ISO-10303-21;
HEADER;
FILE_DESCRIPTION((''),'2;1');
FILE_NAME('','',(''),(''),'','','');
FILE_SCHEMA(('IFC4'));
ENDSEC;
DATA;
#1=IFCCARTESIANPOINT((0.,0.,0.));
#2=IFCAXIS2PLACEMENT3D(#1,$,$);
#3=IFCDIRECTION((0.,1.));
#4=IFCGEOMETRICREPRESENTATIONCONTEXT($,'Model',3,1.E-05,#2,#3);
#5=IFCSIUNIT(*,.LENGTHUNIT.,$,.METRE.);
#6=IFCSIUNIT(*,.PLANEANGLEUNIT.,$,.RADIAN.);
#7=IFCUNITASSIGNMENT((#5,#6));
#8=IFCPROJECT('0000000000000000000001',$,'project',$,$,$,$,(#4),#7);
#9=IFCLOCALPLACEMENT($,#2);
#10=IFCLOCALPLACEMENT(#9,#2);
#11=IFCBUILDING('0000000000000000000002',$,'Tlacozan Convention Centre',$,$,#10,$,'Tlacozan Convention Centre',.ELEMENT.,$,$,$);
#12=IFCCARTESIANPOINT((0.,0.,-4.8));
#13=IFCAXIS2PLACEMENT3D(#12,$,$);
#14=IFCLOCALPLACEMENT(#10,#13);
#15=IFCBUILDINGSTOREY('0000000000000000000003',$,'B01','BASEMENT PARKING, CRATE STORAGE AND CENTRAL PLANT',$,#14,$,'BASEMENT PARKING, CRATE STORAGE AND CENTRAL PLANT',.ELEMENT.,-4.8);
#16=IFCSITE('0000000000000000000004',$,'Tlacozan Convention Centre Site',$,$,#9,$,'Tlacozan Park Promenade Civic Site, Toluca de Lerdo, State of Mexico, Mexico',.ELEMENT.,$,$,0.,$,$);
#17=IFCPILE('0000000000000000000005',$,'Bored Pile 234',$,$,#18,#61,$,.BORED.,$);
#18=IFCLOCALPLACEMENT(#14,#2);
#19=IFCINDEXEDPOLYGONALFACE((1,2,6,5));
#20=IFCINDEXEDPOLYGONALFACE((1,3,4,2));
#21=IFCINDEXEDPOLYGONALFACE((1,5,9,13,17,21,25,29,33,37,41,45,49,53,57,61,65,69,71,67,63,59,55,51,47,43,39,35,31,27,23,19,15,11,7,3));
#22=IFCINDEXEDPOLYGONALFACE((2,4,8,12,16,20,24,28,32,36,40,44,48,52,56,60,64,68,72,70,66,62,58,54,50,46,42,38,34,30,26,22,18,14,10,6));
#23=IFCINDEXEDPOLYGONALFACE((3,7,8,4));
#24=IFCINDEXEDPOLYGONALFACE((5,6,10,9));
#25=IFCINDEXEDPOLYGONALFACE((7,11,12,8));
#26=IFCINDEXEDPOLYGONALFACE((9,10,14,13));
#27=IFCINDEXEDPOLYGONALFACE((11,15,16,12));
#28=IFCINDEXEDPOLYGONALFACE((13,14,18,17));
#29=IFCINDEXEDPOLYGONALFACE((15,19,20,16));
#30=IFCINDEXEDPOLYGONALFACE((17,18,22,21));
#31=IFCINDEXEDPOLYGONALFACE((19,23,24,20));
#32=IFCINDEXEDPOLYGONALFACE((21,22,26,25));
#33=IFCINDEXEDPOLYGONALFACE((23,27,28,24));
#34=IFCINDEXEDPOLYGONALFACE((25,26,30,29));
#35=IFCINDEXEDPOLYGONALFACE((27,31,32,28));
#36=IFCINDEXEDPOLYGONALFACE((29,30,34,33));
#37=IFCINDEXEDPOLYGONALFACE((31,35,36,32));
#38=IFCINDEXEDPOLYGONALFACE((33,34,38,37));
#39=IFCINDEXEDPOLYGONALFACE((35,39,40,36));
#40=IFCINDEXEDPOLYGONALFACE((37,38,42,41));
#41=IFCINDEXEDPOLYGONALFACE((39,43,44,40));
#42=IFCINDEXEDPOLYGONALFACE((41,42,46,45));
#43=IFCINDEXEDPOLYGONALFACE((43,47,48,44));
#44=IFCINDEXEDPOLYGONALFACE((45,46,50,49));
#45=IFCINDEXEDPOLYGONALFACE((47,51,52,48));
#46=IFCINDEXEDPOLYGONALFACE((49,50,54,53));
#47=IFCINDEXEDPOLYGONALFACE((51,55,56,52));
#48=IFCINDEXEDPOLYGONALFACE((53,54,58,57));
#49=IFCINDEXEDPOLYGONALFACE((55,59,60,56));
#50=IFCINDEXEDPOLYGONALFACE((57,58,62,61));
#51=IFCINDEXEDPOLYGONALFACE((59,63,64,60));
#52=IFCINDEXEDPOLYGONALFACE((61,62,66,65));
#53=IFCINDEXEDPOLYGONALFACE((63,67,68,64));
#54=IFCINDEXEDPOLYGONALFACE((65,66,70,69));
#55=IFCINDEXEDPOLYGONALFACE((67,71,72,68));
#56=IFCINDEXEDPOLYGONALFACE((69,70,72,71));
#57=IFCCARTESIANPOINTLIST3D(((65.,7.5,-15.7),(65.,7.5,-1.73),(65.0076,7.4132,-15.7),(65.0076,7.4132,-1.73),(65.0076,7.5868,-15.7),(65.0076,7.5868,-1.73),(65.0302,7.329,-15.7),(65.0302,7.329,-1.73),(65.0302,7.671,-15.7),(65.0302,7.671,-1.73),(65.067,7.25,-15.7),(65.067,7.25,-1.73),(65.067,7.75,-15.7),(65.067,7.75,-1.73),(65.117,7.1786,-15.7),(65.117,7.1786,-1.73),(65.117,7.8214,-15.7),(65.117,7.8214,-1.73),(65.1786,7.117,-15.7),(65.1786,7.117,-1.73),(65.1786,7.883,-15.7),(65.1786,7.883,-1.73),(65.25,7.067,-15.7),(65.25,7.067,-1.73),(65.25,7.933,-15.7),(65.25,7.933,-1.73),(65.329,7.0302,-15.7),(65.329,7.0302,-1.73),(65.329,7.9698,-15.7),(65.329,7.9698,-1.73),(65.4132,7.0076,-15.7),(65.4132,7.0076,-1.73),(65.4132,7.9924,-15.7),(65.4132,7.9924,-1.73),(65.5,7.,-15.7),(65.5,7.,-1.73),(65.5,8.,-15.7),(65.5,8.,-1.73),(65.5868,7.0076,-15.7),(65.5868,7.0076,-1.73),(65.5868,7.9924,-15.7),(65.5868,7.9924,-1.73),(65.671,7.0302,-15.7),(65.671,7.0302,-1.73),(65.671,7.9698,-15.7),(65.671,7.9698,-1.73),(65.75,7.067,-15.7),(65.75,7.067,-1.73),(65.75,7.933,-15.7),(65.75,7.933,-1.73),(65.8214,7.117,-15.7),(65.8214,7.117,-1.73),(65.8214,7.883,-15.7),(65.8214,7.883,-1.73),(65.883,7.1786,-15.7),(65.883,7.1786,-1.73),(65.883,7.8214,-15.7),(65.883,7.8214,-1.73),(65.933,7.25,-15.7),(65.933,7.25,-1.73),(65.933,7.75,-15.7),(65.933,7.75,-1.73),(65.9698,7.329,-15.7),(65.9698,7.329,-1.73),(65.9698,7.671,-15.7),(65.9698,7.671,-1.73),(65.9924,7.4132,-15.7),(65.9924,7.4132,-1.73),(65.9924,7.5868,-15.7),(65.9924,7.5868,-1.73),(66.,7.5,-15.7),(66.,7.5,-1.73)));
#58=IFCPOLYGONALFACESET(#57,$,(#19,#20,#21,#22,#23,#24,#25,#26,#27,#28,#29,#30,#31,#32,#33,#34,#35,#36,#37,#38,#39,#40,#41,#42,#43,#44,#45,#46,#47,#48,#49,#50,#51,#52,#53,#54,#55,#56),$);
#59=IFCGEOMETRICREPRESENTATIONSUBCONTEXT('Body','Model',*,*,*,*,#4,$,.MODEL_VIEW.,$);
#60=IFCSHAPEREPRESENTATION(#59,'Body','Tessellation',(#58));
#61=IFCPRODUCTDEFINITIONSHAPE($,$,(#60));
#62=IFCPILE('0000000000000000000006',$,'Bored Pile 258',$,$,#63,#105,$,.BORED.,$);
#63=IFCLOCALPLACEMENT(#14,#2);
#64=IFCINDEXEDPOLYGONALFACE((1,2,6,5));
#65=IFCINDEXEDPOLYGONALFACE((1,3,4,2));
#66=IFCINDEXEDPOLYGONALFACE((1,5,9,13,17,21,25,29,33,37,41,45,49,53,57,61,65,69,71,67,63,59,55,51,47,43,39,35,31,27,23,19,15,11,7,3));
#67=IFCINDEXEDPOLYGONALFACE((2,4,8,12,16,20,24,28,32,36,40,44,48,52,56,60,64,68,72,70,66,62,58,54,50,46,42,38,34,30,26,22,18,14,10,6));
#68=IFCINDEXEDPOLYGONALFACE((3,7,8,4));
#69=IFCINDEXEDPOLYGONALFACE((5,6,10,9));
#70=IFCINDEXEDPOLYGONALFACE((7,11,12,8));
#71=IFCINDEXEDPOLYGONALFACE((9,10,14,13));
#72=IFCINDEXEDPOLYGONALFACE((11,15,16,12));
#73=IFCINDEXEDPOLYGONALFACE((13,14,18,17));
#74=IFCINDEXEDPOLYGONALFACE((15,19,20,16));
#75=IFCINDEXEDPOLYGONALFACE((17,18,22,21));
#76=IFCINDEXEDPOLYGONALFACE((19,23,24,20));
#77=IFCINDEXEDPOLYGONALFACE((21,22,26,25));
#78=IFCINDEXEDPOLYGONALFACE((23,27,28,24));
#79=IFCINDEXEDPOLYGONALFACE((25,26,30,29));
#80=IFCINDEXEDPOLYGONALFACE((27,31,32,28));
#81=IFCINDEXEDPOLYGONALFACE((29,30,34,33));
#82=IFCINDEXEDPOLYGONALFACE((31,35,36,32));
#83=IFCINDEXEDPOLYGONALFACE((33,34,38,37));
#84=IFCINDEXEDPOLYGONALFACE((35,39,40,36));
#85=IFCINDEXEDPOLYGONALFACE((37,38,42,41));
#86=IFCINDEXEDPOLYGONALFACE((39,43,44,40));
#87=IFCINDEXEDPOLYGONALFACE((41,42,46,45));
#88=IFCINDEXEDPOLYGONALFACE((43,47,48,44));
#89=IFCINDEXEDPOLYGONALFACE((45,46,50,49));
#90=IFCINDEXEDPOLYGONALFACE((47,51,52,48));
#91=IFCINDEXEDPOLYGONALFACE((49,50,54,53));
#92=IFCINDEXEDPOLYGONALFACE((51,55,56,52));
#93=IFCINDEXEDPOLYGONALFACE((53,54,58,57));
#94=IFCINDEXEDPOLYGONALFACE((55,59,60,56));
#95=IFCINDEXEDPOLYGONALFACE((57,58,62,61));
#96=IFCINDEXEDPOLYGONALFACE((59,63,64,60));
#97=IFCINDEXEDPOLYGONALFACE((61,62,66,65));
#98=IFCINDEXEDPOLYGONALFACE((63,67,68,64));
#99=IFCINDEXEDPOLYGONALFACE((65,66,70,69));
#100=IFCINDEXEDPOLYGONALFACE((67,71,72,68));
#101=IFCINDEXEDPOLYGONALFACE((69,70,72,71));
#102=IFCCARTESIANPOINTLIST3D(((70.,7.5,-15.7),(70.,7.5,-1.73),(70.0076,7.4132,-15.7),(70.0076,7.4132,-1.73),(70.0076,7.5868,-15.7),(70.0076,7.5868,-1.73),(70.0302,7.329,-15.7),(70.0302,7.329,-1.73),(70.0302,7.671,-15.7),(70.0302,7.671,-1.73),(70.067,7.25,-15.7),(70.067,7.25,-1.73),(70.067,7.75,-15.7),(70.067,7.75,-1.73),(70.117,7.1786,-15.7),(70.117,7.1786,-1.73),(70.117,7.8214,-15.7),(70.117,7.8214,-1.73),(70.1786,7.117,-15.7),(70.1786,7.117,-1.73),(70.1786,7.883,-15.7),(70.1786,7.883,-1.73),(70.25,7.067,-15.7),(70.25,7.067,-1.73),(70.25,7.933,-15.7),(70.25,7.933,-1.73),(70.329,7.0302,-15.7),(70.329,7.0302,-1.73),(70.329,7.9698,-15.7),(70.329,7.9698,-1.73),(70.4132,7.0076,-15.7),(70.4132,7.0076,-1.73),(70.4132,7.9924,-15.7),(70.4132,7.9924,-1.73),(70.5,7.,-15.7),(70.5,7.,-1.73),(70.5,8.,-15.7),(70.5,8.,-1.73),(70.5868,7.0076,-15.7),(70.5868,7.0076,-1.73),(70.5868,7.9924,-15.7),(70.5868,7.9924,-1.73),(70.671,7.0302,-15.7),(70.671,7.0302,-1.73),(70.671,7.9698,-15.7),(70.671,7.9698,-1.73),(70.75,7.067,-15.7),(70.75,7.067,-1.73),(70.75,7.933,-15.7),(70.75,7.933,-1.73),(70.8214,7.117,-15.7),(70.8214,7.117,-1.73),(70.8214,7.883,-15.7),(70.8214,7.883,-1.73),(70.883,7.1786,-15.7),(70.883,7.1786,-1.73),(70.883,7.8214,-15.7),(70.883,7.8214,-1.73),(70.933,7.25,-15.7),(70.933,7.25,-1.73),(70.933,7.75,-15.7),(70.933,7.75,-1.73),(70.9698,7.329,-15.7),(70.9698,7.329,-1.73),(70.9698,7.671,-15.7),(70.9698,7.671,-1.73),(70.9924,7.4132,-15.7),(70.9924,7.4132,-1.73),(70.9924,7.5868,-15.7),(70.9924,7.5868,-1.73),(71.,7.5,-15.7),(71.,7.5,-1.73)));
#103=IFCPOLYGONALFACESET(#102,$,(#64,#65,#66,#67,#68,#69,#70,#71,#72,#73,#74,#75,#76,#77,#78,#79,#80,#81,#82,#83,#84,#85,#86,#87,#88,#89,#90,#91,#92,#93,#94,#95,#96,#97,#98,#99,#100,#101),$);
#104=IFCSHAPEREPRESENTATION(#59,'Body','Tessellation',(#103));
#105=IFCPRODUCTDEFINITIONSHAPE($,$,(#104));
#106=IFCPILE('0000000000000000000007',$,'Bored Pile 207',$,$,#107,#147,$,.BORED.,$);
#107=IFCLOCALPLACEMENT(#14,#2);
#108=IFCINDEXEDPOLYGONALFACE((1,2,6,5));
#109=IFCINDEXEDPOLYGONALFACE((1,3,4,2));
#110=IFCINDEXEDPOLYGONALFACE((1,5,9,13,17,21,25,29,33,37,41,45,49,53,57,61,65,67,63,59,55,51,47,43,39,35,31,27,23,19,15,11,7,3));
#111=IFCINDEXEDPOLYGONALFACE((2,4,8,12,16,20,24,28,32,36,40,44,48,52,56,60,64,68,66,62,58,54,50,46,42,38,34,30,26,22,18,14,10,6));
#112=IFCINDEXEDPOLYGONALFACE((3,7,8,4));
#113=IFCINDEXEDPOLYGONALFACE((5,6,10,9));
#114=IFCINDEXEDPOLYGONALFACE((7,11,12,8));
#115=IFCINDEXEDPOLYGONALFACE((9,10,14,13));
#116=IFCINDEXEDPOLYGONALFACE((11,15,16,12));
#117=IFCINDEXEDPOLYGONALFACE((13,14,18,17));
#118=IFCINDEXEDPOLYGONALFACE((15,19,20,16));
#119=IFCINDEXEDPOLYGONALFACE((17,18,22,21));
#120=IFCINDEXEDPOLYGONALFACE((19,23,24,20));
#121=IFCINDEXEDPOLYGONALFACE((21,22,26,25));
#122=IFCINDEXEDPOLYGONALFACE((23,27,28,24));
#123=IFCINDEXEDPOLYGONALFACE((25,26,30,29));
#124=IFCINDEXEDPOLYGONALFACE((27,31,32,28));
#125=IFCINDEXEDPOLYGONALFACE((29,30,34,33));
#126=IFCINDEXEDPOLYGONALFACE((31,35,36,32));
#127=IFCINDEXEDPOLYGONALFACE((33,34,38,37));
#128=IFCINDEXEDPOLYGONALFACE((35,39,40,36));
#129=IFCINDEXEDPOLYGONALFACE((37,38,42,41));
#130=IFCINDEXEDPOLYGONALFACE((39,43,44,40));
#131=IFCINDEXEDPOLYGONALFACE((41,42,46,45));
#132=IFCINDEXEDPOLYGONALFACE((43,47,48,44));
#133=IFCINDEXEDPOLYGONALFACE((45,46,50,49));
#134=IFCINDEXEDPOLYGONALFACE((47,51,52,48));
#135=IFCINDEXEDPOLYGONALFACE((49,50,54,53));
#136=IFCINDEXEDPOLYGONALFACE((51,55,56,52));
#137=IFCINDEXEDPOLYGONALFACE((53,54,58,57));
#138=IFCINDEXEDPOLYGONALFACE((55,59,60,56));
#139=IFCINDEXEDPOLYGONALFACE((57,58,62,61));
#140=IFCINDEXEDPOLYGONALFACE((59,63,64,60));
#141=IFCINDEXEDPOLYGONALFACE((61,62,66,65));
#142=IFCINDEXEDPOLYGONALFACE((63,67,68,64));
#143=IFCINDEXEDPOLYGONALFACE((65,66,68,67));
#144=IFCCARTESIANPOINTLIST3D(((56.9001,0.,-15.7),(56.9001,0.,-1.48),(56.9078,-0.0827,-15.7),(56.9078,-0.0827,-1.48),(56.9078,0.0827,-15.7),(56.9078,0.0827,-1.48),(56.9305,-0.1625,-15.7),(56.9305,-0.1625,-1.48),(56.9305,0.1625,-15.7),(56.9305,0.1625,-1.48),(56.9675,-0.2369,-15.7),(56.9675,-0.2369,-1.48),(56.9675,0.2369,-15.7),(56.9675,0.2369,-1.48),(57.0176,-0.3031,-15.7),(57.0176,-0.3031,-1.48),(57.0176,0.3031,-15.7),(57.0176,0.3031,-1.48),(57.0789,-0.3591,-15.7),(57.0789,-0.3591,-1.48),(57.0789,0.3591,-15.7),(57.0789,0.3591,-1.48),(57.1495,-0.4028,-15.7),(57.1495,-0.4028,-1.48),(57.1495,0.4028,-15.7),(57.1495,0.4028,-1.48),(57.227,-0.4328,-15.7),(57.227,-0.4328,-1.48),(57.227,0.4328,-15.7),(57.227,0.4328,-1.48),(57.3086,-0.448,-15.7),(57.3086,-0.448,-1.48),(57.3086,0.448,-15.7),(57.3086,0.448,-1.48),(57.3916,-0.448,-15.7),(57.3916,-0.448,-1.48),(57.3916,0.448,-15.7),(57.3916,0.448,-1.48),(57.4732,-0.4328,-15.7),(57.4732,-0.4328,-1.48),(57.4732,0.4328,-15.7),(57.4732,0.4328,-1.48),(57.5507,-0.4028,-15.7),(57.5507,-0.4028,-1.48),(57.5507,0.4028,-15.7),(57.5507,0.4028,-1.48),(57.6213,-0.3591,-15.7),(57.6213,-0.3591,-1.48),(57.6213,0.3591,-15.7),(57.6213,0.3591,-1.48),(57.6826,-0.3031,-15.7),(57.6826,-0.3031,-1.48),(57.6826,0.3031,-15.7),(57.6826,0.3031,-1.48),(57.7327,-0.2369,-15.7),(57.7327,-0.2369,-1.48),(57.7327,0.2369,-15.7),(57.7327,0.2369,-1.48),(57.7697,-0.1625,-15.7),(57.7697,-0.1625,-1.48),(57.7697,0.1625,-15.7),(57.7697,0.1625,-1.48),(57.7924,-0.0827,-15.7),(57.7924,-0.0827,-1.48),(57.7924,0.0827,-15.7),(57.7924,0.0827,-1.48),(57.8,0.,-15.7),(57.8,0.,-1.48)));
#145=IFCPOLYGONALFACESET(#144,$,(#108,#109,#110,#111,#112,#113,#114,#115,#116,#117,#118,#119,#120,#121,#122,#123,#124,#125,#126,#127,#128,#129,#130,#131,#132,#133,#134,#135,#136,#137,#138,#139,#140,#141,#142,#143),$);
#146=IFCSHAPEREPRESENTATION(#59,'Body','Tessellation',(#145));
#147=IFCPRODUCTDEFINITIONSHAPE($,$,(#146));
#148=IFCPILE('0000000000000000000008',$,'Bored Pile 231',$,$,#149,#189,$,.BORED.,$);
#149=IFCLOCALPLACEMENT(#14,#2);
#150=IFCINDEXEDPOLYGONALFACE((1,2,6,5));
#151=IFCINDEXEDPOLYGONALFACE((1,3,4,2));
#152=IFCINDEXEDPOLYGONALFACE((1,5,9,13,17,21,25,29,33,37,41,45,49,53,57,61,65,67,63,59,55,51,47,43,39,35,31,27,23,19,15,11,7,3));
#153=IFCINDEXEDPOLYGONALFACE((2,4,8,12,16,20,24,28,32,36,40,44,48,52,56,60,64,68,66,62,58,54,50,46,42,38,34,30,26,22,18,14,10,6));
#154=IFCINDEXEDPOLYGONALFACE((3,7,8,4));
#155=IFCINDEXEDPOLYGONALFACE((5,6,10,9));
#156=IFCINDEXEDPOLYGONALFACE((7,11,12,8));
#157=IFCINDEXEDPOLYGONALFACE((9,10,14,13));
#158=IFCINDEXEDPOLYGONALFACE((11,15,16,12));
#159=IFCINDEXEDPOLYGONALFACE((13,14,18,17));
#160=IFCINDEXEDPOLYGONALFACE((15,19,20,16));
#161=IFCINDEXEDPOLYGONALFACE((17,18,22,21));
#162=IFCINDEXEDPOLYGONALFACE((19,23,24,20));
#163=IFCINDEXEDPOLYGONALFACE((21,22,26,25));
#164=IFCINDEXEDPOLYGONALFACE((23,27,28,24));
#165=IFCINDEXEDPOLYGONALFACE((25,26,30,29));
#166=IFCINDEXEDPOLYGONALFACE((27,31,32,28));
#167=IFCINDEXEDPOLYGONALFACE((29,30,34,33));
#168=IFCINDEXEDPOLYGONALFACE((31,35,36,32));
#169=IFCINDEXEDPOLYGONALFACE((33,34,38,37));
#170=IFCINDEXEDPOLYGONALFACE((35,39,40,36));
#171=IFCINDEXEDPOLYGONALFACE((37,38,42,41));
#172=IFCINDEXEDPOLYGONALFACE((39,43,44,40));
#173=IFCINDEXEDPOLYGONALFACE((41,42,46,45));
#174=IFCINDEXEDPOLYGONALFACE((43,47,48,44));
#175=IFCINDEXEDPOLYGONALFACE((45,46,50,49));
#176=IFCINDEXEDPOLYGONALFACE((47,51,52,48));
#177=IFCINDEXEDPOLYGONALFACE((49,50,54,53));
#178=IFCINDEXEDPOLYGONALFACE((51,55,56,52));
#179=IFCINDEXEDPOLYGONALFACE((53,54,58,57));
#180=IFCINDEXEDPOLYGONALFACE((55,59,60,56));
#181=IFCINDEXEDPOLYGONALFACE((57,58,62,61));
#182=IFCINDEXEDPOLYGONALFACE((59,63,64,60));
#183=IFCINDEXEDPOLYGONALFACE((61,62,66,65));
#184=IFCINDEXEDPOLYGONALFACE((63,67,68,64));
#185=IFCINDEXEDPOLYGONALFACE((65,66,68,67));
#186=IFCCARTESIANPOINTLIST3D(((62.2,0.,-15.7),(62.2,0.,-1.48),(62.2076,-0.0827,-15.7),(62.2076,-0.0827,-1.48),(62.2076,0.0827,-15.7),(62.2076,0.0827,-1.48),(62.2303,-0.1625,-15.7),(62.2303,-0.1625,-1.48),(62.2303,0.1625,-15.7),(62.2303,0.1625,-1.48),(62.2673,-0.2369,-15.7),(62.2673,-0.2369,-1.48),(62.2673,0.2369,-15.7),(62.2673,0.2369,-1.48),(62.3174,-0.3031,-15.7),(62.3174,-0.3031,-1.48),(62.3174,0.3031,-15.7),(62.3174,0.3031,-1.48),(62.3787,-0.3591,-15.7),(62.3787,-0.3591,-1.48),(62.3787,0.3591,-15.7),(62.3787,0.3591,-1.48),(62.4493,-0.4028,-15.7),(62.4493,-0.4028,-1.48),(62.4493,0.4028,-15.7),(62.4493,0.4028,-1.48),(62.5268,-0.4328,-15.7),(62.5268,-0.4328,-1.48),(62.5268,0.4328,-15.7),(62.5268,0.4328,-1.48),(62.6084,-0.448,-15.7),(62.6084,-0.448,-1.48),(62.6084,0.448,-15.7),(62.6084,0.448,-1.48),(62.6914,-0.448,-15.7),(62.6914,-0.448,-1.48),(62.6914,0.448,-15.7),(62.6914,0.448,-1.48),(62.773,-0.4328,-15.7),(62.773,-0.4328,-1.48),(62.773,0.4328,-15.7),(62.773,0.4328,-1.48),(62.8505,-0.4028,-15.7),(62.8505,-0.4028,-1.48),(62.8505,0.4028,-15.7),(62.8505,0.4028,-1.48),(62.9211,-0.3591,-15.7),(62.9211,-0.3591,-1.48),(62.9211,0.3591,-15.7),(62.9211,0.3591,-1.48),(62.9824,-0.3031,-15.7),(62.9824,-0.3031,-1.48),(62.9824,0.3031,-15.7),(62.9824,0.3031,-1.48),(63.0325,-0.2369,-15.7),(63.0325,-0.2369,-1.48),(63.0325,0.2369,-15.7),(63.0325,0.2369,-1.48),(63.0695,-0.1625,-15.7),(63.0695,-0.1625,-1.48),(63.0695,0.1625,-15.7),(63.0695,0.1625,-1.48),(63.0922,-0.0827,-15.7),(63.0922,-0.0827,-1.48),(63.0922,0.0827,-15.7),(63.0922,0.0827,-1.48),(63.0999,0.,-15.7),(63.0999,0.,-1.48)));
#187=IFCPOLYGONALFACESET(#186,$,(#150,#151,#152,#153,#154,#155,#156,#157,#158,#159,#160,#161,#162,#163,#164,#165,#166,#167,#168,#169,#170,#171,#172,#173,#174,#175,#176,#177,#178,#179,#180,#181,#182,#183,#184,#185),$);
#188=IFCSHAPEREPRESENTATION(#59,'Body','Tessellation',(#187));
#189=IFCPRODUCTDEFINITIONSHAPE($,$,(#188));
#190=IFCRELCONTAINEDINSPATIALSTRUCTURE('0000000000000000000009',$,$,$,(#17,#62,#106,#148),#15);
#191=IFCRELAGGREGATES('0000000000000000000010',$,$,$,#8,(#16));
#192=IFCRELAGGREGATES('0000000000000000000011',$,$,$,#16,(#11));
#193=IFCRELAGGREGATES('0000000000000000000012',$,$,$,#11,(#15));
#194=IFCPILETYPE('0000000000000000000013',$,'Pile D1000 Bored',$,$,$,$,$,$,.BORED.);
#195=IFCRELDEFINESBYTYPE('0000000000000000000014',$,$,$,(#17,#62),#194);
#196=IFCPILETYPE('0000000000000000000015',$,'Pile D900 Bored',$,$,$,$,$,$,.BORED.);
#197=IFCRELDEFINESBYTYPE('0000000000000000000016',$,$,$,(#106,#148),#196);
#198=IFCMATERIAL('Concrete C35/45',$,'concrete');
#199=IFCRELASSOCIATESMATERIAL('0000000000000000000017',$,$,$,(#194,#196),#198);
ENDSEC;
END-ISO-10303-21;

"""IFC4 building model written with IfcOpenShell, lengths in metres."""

from ifc_helpers import new_model, si_unit, direction, frame, origin, origin_2d, place, context, subcontext, project, spatial, circle, extrude, material, material_profile, profile_set, type_object, element, save


model = new_model("IFC4")

# Units and contexts
model_context = context("Model", 3, precision=1e-05, world=origin(), true_north=direction((0.0, 1.0)))
body_context = subcontext(model_context, "Body", "Model", "MODEL_VIEW")
ifc_project = project(units=[si_unit("LENGTHUNIT", "METRE"), si_unit("PLANEANGLEUNIT", "RADIAN")], contexts=[model_context])

# Site, building, storey
site_placement = place(None, origin())
site = spatial("IfcSite", under=ifc_project, at=site_placement, Name="Tlacozan Convention Centre Site", LongName="Tlacozan Park Promenade Civic Site, Toluca de Lerdo, State of Mexico, Mexico", CompositionType="ELEMENT", RefElevation=0.0)
building_placement = place(site_placement, origin())
building = spatial("IfcBuilding", under=site, at=building_placement, Name="Tlacozan Convention Centre", LongName="Tlacozan Convention Centre", CompositionType="ELEMENT")
storey_placement = place(building_placement, frame((0.0, 0.0, -4.8)))
storey = spatial("IfcBuildingStorey", under=building, at=storey_placement, Name="B01", Description="BASEMENT PARKING, CRATE STORAGE AND CENTRAL PLANT", LongName="BASEMENT PARKING, CRATE STORAGE AND CENTRAL PLANT", CompositionType="ELEMENT", Elevation=-4.8)

# Shared definitions
ifc_material_1 = material(Name="Concrete C35/45", Category="concrete")

# Piles
ifc_material_profile_1 = material_profile(ifc_material_1, circle(Radius=0.5, at=origin_2d()), Name="PILE D1000")
ifc_profile_set_1 = profile_set([ifc_material_profile_1], Name="Concrete C35/45")
pile_type_1 = type_object("IfcPileType", Name="Pile D1000 Bored", PredefinedType="BORED", material=ifc_profile_set_1)
for number, where, z_axis, x_axis, name in (
    (1, (65.5, 7.5, -1.73), (0.0, 0.0, -1.0), (1.0, 0.0, 0.0), "Bored Pile 234"),
    (2, (70.5, 7.5, -1.73), (0.0, 0.0, -1.0), (1.0, 0.0, 0.0), "Bored Pile 258"),
):
    element("IfcPile", number, at=place(storey_placement, frame(where, z_axis=z_axis, x_axis=x_axis)), inside=storey, type_object=pile_type_1, Name=name, PredefinedType="BORED", context=body_context, shape_type="SweptSolid", body=[
        extrude(circle(Radius=0.5, at=origin_2d()), origin(), (0.0, 0.0, 1.0), 13.97),
    ])
ifc_material_profile_2 = material_profile(ifc_material_1, circle(Radius=0.45, at=origin_2d()), Name="PILE D900")
ifc_profile_set_2 = profile_set([ifc_material_profile_2], Name="Concrete C35/45")
pile_type_2 = type_object("IfcPileType", Name="Pile D900 Bored", PredefinedType="BORED", material=ifc_profile_set_2)
for number, where, z_axis, x_axis, name in (
    (3, (57.3501, 0.0, -1.48), (0.0, 0.0, -1.0), (1.0, 0.0, 0.0), "Bored Pile 207"),
    (4, (62.6499, 0.0, -1.48), (0.0, 0.0, -1.0), (1.0, 0.0, 0.0), "Bored Pile 231"),
):
    element("IfcPile", number, at=place(storey_placement, frame(where, z_axis=z_axis, x_axis=x_axis)), inside=storey, type_object=pile_type_2, Name=name, PredefinedType="BORED", context=body_context, shape_type="SweptSolid", body=[
        extrude(circle(Radius=0.45, at=origin_2d()), origin(), (0.0, 0.0, 1.0), 14.22),
    ])

save(model, "model.ifc")
